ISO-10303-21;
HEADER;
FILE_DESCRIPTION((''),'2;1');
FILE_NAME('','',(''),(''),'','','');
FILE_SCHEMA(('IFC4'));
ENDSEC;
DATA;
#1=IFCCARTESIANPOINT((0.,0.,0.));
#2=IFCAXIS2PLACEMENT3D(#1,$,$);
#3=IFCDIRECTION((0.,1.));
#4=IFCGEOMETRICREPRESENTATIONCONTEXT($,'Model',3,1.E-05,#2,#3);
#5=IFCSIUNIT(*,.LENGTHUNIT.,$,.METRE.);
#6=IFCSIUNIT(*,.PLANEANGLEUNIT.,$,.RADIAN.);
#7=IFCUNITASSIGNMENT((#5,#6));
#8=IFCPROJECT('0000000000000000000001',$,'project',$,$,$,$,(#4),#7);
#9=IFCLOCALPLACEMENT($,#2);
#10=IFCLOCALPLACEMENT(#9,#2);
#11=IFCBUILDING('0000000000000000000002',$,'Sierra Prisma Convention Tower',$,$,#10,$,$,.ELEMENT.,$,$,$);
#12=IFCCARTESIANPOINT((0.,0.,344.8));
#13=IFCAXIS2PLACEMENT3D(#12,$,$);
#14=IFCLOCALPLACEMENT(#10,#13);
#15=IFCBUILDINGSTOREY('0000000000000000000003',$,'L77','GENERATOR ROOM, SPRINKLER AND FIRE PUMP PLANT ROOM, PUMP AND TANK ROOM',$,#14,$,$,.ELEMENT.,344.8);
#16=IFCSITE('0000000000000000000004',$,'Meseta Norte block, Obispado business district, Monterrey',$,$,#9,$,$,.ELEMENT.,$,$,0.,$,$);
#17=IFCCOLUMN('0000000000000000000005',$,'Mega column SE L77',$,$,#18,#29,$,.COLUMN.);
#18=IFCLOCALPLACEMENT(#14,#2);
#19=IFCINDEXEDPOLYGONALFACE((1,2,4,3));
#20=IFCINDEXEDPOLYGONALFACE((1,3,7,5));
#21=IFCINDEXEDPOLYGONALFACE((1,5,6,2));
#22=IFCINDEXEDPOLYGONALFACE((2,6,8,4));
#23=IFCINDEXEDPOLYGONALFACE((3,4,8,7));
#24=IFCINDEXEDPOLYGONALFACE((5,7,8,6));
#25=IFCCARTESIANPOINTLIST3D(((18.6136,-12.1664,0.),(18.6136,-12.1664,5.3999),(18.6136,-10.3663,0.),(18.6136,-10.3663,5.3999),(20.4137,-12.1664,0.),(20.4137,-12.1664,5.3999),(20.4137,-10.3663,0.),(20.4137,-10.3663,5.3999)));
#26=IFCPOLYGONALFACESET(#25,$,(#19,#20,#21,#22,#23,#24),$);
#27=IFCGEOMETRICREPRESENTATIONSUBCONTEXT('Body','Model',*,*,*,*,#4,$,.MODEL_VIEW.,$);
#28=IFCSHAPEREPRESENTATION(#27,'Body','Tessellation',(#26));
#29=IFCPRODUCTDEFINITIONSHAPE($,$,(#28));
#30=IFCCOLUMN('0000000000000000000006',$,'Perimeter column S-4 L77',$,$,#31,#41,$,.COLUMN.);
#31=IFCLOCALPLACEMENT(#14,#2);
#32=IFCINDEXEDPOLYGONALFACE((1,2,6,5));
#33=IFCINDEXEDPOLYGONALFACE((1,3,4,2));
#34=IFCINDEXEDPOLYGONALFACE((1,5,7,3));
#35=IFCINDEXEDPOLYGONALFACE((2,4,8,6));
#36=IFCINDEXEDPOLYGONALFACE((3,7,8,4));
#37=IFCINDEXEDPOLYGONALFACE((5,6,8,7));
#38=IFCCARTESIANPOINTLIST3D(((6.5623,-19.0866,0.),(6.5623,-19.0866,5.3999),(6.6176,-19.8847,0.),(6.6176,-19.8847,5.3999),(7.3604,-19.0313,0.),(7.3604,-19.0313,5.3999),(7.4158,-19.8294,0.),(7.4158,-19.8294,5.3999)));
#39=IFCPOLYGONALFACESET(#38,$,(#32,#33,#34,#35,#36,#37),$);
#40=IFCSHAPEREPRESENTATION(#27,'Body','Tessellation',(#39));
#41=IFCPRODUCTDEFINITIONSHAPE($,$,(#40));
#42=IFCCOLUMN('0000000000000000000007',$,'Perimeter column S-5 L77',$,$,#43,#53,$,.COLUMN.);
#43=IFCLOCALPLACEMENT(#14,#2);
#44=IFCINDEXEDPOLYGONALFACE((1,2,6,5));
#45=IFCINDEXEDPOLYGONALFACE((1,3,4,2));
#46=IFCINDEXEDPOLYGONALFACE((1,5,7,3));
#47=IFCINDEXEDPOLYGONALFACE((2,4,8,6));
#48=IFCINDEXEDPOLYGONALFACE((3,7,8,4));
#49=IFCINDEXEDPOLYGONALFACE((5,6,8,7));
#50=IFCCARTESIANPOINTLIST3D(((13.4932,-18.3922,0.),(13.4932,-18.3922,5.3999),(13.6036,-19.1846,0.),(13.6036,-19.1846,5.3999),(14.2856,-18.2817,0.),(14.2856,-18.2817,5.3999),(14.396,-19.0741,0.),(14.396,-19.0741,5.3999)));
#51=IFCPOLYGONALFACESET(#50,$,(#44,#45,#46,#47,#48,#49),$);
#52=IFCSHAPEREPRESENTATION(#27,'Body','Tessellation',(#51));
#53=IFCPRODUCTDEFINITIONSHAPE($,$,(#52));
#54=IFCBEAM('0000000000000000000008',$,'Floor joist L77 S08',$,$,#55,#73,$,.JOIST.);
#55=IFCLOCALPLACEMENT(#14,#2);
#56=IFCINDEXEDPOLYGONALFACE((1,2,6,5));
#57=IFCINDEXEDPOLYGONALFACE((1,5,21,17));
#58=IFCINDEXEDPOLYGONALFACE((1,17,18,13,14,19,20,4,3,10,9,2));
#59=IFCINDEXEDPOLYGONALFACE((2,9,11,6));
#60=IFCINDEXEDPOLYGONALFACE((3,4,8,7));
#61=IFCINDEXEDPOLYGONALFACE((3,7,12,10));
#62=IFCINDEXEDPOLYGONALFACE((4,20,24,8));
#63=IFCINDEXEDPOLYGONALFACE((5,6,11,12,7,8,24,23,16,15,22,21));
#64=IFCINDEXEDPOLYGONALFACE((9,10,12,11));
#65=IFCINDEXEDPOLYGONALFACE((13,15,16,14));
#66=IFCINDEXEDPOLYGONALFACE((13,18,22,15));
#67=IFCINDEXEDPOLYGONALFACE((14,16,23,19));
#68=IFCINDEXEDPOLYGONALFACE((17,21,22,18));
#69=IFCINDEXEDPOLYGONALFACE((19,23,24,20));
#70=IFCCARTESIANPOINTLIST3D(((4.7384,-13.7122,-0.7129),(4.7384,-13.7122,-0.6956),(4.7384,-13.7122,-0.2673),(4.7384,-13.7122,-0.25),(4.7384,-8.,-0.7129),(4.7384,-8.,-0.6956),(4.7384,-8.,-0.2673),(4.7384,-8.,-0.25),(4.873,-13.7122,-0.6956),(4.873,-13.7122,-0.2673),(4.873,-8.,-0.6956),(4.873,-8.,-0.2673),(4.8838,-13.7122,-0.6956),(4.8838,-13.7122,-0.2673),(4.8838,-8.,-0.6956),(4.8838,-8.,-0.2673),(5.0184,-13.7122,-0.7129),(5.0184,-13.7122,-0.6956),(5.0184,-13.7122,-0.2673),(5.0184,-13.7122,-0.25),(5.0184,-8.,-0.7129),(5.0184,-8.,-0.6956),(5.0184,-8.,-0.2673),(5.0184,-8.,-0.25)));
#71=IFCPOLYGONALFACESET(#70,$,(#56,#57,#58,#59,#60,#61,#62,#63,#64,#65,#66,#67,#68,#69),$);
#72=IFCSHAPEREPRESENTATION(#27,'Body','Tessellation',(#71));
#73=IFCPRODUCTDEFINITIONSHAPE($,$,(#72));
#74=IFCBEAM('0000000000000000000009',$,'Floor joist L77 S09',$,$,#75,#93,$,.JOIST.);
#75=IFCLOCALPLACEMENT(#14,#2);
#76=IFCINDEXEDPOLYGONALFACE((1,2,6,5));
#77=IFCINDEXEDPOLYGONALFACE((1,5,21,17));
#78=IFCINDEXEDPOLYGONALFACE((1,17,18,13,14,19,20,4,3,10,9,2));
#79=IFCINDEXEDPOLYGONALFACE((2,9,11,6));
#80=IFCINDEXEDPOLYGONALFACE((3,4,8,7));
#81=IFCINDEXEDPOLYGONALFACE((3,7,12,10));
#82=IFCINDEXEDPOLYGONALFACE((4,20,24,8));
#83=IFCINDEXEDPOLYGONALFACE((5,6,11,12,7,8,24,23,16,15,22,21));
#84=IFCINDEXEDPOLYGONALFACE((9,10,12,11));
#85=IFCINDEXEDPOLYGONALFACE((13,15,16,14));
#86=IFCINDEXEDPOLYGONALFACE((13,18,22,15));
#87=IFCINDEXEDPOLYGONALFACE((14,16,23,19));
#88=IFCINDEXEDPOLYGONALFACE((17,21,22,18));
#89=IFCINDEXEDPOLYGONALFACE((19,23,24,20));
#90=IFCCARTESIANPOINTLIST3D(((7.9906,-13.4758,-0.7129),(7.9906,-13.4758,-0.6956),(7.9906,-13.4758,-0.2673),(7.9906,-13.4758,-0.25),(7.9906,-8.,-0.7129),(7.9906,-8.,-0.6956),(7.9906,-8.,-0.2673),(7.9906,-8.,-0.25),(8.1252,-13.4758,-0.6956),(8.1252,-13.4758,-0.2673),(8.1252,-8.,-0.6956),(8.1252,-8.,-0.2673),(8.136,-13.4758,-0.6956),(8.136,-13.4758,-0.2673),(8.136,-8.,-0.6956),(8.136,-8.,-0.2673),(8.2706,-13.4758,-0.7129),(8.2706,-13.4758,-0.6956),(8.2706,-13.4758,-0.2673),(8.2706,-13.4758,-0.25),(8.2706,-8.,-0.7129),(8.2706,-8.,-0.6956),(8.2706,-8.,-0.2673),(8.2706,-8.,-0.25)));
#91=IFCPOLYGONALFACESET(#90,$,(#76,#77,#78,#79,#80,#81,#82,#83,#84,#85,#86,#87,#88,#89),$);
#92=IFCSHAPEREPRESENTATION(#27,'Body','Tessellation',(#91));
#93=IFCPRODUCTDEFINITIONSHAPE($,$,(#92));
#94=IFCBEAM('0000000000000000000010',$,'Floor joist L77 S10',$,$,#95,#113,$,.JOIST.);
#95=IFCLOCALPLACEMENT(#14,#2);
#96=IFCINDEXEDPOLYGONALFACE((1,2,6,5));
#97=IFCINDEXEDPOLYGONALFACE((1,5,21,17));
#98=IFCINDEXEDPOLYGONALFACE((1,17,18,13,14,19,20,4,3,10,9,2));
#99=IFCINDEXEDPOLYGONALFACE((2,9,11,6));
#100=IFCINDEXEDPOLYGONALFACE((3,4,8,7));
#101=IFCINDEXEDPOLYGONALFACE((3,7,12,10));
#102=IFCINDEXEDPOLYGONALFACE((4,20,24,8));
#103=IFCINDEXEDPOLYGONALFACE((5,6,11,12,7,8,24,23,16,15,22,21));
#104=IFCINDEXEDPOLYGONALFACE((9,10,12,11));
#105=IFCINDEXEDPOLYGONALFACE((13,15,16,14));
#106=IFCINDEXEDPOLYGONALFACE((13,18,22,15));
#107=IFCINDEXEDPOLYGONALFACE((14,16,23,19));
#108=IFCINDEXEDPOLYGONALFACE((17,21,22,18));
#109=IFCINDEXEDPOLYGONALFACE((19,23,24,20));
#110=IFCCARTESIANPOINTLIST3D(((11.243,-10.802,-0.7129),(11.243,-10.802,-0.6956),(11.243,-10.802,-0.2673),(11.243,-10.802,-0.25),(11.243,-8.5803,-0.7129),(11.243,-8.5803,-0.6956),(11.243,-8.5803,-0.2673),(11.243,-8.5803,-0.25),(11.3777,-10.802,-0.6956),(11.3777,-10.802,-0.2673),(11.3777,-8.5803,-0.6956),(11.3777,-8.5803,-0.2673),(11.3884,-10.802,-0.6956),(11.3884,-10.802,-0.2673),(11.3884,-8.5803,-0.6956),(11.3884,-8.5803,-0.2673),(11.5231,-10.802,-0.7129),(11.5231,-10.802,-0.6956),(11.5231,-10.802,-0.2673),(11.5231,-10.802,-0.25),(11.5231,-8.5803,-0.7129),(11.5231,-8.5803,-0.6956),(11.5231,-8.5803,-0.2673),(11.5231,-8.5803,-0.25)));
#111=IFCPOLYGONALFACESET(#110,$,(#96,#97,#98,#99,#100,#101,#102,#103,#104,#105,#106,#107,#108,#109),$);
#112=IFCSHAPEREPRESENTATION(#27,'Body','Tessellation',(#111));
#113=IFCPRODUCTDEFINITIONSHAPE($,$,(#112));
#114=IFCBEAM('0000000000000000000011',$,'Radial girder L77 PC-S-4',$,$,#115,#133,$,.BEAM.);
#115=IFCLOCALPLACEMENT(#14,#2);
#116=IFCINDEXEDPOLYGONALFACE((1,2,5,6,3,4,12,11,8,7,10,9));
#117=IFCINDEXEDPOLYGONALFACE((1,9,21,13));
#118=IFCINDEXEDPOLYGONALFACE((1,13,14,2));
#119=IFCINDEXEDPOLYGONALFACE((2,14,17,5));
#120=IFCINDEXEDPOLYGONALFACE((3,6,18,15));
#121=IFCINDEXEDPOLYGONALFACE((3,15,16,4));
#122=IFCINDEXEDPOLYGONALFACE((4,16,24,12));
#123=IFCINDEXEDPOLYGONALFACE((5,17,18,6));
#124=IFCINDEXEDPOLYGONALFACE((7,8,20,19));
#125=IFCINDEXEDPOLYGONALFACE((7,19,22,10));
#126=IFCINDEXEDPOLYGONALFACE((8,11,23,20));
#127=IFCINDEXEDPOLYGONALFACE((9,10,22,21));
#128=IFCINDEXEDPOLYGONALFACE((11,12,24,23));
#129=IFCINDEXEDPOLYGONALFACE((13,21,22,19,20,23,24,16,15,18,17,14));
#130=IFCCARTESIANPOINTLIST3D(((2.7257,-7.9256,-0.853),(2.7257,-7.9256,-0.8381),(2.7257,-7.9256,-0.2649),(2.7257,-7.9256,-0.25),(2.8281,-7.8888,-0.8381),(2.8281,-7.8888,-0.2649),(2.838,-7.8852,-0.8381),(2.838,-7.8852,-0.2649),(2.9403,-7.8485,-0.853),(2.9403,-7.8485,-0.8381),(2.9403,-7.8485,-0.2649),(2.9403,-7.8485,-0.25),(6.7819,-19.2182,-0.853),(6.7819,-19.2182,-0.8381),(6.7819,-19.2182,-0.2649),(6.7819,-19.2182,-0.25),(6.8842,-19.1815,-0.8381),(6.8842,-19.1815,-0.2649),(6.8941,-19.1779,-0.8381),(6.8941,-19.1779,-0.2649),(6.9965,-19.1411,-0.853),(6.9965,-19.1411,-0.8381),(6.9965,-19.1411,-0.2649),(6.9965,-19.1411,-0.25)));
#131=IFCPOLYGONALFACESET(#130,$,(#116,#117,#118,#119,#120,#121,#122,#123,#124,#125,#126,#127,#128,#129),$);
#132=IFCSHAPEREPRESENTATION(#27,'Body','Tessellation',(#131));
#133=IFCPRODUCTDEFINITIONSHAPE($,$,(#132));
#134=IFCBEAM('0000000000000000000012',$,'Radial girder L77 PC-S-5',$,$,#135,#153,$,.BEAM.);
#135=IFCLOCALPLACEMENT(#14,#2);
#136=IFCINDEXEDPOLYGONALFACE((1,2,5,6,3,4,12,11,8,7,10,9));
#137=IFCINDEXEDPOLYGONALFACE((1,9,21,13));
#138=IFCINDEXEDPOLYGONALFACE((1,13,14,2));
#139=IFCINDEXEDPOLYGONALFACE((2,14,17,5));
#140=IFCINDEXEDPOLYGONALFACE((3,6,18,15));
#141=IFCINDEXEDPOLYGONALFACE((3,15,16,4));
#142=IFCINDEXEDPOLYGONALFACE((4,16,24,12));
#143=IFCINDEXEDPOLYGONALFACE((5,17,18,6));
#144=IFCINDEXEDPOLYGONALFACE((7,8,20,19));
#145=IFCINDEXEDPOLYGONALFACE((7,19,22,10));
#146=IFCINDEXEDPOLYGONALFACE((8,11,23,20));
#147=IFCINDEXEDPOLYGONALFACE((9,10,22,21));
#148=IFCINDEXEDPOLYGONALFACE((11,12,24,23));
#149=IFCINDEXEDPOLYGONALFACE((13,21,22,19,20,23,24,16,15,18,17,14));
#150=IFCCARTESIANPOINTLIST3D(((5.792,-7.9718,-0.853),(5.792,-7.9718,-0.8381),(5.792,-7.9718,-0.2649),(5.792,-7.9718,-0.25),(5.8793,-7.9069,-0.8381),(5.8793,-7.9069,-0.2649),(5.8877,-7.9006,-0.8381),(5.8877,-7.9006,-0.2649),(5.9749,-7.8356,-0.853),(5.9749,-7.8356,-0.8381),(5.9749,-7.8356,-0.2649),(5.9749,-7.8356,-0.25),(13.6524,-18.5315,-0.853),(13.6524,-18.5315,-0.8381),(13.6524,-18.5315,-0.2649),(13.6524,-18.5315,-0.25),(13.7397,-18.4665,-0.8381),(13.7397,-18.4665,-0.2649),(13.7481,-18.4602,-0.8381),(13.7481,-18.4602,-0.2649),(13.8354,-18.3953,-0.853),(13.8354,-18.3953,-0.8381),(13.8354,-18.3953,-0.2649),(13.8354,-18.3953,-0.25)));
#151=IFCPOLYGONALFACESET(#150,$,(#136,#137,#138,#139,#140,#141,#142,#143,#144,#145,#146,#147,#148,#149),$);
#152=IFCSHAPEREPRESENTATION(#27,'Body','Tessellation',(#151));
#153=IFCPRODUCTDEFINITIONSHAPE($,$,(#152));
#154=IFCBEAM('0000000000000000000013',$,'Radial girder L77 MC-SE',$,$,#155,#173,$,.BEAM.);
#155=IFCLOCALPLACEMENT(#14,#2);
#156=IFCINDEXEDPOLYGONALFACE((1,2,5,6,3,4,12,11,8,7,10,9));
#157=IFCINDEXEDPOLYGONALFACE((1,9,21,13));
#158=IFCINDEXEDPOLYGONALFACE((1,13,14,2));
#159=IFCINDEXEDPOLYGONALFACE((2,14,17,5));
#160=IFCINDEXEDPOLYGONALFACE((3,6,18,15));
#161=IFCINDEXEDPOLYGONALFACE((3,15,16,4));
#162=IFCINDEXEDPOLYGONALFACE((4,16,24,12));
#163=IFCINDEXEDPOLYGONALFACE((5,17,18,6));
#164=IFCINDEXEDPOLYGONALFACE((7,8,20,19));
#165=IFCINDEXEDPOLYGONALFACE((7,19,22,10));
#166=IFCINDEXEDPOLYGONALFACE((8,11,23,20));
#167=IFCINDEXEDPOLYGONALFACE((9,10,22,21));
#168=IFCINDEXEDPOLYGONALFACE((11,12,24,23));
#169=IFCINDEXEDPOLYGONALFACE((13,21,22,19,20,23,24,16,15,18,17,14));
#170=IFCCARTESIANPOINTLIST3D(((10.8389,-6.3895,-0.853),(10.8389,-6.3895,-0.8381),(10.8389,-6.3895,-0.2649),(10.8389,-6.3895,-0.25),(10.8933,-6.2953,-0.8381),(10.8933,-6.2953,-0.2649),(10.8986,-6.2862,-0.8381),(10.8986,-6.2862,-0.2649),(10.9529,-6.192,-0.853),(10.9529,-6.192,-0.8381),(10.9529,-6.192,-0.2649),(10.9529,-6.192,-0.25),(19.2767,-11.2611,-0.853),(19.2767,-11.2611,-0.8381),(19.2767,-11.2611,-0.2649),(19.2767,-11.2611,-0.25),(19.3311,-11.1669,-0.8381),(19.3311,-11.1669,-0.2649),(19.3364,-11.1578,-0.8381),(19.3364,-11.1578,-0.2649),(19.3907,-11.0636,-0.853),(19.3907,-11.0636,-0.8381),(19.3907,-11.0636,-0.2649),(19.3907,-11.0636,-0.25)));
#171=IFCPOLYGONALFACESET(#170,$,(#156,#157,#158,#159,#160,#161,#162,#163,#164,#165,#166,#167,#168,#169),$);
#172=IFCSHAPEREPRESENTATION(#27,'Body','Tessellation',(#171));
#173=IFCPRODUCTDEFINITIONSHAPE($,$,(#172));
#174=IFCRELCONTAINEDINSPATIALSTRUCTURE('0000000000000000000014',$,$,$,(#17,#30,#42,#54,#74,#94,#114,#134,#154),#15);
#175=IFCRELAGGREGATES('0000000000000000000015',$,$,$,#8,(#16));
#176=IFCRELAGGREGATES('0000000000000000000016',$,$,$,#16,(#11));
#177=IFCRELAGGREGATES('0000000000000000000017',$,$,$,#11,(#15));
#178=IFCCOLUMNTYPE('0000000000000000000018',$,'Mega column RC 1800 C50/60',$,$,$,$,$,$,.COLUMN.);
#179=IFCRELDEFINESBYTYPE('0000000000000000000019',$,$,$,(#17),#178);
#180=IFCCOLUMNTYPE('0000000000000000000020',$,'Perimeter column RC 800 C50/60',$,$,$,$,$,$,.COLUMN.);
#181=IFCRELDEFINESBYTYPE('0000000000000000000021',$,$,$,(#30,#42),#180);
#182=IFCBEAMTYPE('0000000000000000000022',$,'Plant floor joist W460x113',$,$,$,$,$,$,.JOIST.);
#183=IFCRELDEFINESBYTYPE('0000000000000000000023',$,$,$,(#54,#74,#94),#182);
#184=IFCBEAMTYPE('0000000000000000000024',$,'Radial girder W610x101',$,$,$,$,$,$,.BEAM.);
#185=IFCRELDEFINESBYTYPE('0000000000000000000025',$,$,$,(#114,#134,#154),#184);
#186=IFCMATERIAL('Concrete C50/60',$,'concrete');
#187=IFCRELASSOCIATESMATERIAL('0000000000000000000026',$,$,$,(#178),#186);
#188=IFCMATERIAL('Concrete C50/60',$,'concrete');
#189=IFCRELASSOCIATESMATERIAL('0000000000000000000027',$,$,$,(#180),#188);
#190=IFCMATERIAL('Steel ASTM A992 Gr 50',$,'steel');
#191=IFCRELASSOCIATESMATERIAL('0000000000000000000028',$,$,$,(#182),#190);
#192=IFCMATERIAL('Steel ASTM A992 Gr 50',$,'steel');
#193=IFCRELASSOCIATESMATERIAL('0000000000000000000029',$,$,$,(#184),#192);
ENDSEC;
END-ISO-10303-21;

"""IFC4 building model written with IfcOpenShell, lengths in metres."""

from ifc_helpers import new_model, si_unit, direction, frame, origin, origin_2d, place, context, subcontext, project, spatial, rectangle, i_section, extrude, material, material_profile, profile_set, type_object, element, save


model = new_model("IFC4")

# Units and contexts
model_context = context("Model", 3, precision=1e-05, world=origin(), true_north=direction((0.0, 1.0)))
body_context = subcontext(model_context, "Body", "Model", "MODEL_VIEW")
ifc_project = project(units=[si_unit("LENGTHUNIT", "METRE"), si_unit("PLANEANGLEUNIT", "RADIAN")], contexts=[model_context])

# Site, building, storey
site_placement = place(None, origin())
site = spatial("IfcSite", under=ifc_project, at=site_placement, Name="Meseta Norte block, Obispado business district, Monterrey", CompositionType="ELEMENT", RefElevation=0.0)
building_placement = place(site_placement, origin())
building = spatial("IfcBuilding", under=site, at=building_placement, Name="Sierra Prisma Convention Tower", CompositionType="ELEMENT")
storey_placement = place(building_placement, frame((0.0, 0.0, 344.8)))
storey = spatial("IfcBuildingStorey", under=building, at=storey_placement, Name="L77", Description="GENERATOR ROOM, SPRINKLER AND FIRE PUMP PLANT ROOM, PUMP AND TANK ROOM", CompositionType="ELEMENT", Elevation=344.8)

# Columns
ifc_material_1 = material(Name="Concrete C50/60", Category="concrete")
ifc_material_profile_1 = material_profile(ifc_material_1, rectangle(XDim=1.8, YDim=1.8, at=origin_2d()), Name="Mega column RC 1800 C50/60")
ifc_profile_set_1 = profile_set([ifc_material_profile_1], Name="Concrete C50/60")
column_type_1 = type_object("IfcColumnType", Name="Mega column RC 1800 C50/60", PredefinedType="COLUMN", material=ifc_profile_set_1)
column_placement = place(storey_placement, frame((19.5137, -11.2664, 0.0), z_axis=(0.0, 0.0, 1.0), x_axis=(1.0, 0.0, 0.0)))
element("IfcColumn", 1, at=column_placement, inside=storey, type_object=column_type_1, Name="Mega column SE L77", PredefinedType="COLUMN", context=body_context, shape_type="SweptSolid", body=[
    extrude(rectangle(XDim=1.8, YDim=1.8, at=origin_2d()), origin(), (0.0, 0.0, 1.0), 5.3999),
])
ifc_material_2 = material(Name="Concrete C50/60", Category="concrete")
ifc_material_profile_2 = material_profile(ifc_material_2, rectangle(XDim=0.8, YDim=0.8, at=origin_2d()), Name="Perimeter column RC 800 C50/60")
ifc_profile_set_2 = profile_set([ifc_material_profile_2], Name="Concrete C50/60")
column_type_2 = type_object("IfcColumnType", Name="Perimeter column RC 800 C50/60", PredefinedType="COLUMN", material=ifc_profile_set_2)
for number, where, z_axis, x_axis, name in (
    (2, (6.989, -19.458, 0.0), (0.0, 0.0, 1.0), (0.997605, 0.069175, 0.0), "Perimeter column S-4 L77"),
    (3, (13.9446, -18.7332, 0.0), (0.0, 0.0, 1.0), (0.990429, 0.13802, 0.0), "Perimeter column S-5 L77"),
):
    element("IfcColumn", number, at=place(storey_placement, frame(where, z_axis=z_axis, x_axis=x_axis)), inside=storey, type_object=column_type_2, Name=name, PredefinedType="COLUMN", context=body_context, shape_type="SweptSolid", body=[
        extrude(rectangle(XDim=0.8, YDim=0.8, at=origin_2d()), origin(), (0.0, 0.0, 1.0), 5.3999),
    ])

# Beams
ifc_material_3 = material(Name="Steel ASTM A992 Gr 50", Category="steel")
ifc_material_profile_3 = material_profile(ifc_material_3, i_section(OverallWidth=0.28, OverallDepth=0.4629, WebThickness=0.0107, FlangeThickness=0.0173, at=origin_2d()), Name="W460x113")
ifc_profile_set_3 = profile_set([ifc_material_profile_3], Name="Steel ASTM A992 Gr 50")
beam_type_1 = type_object("IfcBeamType", Name="Plant floor joist W460x113", PredefinedType="JOIST", material=ifc_profile_set_3)
beam_1_placement = place(storey_placement, frame((4.8784, -13.7122, -0.4814), z_axis=(0.0, 1.0, 0.0), x_axis=(-1.0, 0.0, 0.0)))
element("IfcBeam", 4, at=beam_1_placement, inside=storey, type_object=beam_type_1, Name="Floor joist L77 S08", PredefinedType="JOIST", context=body_context, shape_type="SweptSolid", body=[
    extrude(i_section(OverallWidth=0.28, OverallDepth=0.4629, WebThickness=0.0107, FlangeThickness=0.0173, at=origin_2d()), origin(), (0.0, 0.0, 1.0), 5.7122),
])
beam_2_placement = place(storey_placement, frame((8.1306, -13.4758, -0.4814), z_axis=(0.0, 1.0, 0.0), x_axis=(-1.0, 0.0, 0.0)))
element("IfcBeam", 5, at=beam_2_placement, inside=storey, type_object=beam_type_1, Name="Floor joist L77 S09", PredefinedType="JOIST", context=body_context, shape_type="SweptSolid", body=[
    extrude(i_section(OverallWidth=0.28, OverallDepth=0.4629, WebThickness=0.0107, FlangeThickness=0.0173, at=origin_2d()), origin(), (0.0, 0.0, 1.0), 5.4758),
])
beam_3_placement = place(storey_placement, frame((11.3831, -10.802, -0.4814), z_axis=(0.0, 1.0, 0.0), x_axis=(-1.0, 0.0, 0.0)))
element("IfcBeam", 6, at=beam_3_placement, inside=storey, type_object=beam_type_1, Name="Floor joist L77 S10", PredefinedType="JOIST", context=body_context, shape_type="SweptSolid", body=[
    extrude(i_section(OverallWidth=0.28, OverallDepth=0.4629, WebThickness=0.0107, FlangeThickness=0.0173, at=origin_2d()), origin(), (0.0, 0.0, 1.0), 2.2217),
])
ifc_material_4 = material(Name="Steel ASTM A992 Gr 50", Category="steel")
ifc_material_profile_4 = material_profile(ifc_material_4, i_section(OverallWidth=0.228, OverallDepth=0.603, WebThickness=0.0105, FlangeThickness=0.0149, at=origin_2d()), Name="W610x101")
ifc_profile_set_4 = profile_set([ifc_material_profile_4], Name="Steel ASTM A992 Gr 50")
beam_type_2 = type_object("IfcBeamType", Name="Radial girder W610x101", PredefinedType="BEAM", material=ifc_profile_set_4)
beam_4_placement = place(storey_placement, frame((6.8892, -19.1797, -0.5515), z_axis=(-0.338039, 0.941132, 0.0), x_axis=(-0.941132, -0.338039, 0.0)))
element("IfcBeam", 7, at=beam_4_placement, inside=storey, type_object=beam_type_2, Name="Radial girder L77 PC-S-4", PredefinedType="BEAM", context=body_context, shape_type="SweptSolid", body=[
    extrude(i_section(OverallWidth=0.228, OverallDepth=0.603, WebThickness=0.0105, FlangeThickness=0.0149, at=origin_2d()), origin(), (0.0, 0.0, 1.0), 11.999),
])
beam_5_placement = place(storey_placement, frame((13.7439, -18.4634, -0.5515), z_axis=(-0.597112, 0.802158, 0.0), x_axis=(-0.802158, -0.597112, 0.0)))
element("IfcBeam", 8, at=beam_5_placement, inside=storey, type_object=beam_type_2, Name="Radial girder L77 PC-S-5", PredefinedType="BEAM", context=body_context, shape_type="SweptSolid", body=[
    extrude(i_section(OverallWidth=0.228, OverallDepth=0.603, WebThickness=0.0105, FlangeThickness=0.0149, at=origin_2d()), origin(), (0.0, 0.0, 1.0), 13.1641),
])
beam_6_placement = place(storey_placement, frame((19.3337, -11.1624, -0.5515), z_axis=(-0.866023, 0.500004, 0.0), x_axis=(-0.500004, -0.866023, 0.0)))
element("IfcBeam", 9, at=beam_6_placement, inside=storey, type_object=beam_type_2, Name="Radial girder L77 MC-SE", PredefinedType="BEAM", context=body_context, shape_type="SweptSolid", body=[
    extrude(i_section(OverallWidth=0.228, OverallDepth=0.603, WebThickness=0.0105, FlangeThickness=0.0149, at=origin_2d()), origin(), (0.0, 0.0, 1.0), 9.7432),
])

save(model, "model.ifc")
